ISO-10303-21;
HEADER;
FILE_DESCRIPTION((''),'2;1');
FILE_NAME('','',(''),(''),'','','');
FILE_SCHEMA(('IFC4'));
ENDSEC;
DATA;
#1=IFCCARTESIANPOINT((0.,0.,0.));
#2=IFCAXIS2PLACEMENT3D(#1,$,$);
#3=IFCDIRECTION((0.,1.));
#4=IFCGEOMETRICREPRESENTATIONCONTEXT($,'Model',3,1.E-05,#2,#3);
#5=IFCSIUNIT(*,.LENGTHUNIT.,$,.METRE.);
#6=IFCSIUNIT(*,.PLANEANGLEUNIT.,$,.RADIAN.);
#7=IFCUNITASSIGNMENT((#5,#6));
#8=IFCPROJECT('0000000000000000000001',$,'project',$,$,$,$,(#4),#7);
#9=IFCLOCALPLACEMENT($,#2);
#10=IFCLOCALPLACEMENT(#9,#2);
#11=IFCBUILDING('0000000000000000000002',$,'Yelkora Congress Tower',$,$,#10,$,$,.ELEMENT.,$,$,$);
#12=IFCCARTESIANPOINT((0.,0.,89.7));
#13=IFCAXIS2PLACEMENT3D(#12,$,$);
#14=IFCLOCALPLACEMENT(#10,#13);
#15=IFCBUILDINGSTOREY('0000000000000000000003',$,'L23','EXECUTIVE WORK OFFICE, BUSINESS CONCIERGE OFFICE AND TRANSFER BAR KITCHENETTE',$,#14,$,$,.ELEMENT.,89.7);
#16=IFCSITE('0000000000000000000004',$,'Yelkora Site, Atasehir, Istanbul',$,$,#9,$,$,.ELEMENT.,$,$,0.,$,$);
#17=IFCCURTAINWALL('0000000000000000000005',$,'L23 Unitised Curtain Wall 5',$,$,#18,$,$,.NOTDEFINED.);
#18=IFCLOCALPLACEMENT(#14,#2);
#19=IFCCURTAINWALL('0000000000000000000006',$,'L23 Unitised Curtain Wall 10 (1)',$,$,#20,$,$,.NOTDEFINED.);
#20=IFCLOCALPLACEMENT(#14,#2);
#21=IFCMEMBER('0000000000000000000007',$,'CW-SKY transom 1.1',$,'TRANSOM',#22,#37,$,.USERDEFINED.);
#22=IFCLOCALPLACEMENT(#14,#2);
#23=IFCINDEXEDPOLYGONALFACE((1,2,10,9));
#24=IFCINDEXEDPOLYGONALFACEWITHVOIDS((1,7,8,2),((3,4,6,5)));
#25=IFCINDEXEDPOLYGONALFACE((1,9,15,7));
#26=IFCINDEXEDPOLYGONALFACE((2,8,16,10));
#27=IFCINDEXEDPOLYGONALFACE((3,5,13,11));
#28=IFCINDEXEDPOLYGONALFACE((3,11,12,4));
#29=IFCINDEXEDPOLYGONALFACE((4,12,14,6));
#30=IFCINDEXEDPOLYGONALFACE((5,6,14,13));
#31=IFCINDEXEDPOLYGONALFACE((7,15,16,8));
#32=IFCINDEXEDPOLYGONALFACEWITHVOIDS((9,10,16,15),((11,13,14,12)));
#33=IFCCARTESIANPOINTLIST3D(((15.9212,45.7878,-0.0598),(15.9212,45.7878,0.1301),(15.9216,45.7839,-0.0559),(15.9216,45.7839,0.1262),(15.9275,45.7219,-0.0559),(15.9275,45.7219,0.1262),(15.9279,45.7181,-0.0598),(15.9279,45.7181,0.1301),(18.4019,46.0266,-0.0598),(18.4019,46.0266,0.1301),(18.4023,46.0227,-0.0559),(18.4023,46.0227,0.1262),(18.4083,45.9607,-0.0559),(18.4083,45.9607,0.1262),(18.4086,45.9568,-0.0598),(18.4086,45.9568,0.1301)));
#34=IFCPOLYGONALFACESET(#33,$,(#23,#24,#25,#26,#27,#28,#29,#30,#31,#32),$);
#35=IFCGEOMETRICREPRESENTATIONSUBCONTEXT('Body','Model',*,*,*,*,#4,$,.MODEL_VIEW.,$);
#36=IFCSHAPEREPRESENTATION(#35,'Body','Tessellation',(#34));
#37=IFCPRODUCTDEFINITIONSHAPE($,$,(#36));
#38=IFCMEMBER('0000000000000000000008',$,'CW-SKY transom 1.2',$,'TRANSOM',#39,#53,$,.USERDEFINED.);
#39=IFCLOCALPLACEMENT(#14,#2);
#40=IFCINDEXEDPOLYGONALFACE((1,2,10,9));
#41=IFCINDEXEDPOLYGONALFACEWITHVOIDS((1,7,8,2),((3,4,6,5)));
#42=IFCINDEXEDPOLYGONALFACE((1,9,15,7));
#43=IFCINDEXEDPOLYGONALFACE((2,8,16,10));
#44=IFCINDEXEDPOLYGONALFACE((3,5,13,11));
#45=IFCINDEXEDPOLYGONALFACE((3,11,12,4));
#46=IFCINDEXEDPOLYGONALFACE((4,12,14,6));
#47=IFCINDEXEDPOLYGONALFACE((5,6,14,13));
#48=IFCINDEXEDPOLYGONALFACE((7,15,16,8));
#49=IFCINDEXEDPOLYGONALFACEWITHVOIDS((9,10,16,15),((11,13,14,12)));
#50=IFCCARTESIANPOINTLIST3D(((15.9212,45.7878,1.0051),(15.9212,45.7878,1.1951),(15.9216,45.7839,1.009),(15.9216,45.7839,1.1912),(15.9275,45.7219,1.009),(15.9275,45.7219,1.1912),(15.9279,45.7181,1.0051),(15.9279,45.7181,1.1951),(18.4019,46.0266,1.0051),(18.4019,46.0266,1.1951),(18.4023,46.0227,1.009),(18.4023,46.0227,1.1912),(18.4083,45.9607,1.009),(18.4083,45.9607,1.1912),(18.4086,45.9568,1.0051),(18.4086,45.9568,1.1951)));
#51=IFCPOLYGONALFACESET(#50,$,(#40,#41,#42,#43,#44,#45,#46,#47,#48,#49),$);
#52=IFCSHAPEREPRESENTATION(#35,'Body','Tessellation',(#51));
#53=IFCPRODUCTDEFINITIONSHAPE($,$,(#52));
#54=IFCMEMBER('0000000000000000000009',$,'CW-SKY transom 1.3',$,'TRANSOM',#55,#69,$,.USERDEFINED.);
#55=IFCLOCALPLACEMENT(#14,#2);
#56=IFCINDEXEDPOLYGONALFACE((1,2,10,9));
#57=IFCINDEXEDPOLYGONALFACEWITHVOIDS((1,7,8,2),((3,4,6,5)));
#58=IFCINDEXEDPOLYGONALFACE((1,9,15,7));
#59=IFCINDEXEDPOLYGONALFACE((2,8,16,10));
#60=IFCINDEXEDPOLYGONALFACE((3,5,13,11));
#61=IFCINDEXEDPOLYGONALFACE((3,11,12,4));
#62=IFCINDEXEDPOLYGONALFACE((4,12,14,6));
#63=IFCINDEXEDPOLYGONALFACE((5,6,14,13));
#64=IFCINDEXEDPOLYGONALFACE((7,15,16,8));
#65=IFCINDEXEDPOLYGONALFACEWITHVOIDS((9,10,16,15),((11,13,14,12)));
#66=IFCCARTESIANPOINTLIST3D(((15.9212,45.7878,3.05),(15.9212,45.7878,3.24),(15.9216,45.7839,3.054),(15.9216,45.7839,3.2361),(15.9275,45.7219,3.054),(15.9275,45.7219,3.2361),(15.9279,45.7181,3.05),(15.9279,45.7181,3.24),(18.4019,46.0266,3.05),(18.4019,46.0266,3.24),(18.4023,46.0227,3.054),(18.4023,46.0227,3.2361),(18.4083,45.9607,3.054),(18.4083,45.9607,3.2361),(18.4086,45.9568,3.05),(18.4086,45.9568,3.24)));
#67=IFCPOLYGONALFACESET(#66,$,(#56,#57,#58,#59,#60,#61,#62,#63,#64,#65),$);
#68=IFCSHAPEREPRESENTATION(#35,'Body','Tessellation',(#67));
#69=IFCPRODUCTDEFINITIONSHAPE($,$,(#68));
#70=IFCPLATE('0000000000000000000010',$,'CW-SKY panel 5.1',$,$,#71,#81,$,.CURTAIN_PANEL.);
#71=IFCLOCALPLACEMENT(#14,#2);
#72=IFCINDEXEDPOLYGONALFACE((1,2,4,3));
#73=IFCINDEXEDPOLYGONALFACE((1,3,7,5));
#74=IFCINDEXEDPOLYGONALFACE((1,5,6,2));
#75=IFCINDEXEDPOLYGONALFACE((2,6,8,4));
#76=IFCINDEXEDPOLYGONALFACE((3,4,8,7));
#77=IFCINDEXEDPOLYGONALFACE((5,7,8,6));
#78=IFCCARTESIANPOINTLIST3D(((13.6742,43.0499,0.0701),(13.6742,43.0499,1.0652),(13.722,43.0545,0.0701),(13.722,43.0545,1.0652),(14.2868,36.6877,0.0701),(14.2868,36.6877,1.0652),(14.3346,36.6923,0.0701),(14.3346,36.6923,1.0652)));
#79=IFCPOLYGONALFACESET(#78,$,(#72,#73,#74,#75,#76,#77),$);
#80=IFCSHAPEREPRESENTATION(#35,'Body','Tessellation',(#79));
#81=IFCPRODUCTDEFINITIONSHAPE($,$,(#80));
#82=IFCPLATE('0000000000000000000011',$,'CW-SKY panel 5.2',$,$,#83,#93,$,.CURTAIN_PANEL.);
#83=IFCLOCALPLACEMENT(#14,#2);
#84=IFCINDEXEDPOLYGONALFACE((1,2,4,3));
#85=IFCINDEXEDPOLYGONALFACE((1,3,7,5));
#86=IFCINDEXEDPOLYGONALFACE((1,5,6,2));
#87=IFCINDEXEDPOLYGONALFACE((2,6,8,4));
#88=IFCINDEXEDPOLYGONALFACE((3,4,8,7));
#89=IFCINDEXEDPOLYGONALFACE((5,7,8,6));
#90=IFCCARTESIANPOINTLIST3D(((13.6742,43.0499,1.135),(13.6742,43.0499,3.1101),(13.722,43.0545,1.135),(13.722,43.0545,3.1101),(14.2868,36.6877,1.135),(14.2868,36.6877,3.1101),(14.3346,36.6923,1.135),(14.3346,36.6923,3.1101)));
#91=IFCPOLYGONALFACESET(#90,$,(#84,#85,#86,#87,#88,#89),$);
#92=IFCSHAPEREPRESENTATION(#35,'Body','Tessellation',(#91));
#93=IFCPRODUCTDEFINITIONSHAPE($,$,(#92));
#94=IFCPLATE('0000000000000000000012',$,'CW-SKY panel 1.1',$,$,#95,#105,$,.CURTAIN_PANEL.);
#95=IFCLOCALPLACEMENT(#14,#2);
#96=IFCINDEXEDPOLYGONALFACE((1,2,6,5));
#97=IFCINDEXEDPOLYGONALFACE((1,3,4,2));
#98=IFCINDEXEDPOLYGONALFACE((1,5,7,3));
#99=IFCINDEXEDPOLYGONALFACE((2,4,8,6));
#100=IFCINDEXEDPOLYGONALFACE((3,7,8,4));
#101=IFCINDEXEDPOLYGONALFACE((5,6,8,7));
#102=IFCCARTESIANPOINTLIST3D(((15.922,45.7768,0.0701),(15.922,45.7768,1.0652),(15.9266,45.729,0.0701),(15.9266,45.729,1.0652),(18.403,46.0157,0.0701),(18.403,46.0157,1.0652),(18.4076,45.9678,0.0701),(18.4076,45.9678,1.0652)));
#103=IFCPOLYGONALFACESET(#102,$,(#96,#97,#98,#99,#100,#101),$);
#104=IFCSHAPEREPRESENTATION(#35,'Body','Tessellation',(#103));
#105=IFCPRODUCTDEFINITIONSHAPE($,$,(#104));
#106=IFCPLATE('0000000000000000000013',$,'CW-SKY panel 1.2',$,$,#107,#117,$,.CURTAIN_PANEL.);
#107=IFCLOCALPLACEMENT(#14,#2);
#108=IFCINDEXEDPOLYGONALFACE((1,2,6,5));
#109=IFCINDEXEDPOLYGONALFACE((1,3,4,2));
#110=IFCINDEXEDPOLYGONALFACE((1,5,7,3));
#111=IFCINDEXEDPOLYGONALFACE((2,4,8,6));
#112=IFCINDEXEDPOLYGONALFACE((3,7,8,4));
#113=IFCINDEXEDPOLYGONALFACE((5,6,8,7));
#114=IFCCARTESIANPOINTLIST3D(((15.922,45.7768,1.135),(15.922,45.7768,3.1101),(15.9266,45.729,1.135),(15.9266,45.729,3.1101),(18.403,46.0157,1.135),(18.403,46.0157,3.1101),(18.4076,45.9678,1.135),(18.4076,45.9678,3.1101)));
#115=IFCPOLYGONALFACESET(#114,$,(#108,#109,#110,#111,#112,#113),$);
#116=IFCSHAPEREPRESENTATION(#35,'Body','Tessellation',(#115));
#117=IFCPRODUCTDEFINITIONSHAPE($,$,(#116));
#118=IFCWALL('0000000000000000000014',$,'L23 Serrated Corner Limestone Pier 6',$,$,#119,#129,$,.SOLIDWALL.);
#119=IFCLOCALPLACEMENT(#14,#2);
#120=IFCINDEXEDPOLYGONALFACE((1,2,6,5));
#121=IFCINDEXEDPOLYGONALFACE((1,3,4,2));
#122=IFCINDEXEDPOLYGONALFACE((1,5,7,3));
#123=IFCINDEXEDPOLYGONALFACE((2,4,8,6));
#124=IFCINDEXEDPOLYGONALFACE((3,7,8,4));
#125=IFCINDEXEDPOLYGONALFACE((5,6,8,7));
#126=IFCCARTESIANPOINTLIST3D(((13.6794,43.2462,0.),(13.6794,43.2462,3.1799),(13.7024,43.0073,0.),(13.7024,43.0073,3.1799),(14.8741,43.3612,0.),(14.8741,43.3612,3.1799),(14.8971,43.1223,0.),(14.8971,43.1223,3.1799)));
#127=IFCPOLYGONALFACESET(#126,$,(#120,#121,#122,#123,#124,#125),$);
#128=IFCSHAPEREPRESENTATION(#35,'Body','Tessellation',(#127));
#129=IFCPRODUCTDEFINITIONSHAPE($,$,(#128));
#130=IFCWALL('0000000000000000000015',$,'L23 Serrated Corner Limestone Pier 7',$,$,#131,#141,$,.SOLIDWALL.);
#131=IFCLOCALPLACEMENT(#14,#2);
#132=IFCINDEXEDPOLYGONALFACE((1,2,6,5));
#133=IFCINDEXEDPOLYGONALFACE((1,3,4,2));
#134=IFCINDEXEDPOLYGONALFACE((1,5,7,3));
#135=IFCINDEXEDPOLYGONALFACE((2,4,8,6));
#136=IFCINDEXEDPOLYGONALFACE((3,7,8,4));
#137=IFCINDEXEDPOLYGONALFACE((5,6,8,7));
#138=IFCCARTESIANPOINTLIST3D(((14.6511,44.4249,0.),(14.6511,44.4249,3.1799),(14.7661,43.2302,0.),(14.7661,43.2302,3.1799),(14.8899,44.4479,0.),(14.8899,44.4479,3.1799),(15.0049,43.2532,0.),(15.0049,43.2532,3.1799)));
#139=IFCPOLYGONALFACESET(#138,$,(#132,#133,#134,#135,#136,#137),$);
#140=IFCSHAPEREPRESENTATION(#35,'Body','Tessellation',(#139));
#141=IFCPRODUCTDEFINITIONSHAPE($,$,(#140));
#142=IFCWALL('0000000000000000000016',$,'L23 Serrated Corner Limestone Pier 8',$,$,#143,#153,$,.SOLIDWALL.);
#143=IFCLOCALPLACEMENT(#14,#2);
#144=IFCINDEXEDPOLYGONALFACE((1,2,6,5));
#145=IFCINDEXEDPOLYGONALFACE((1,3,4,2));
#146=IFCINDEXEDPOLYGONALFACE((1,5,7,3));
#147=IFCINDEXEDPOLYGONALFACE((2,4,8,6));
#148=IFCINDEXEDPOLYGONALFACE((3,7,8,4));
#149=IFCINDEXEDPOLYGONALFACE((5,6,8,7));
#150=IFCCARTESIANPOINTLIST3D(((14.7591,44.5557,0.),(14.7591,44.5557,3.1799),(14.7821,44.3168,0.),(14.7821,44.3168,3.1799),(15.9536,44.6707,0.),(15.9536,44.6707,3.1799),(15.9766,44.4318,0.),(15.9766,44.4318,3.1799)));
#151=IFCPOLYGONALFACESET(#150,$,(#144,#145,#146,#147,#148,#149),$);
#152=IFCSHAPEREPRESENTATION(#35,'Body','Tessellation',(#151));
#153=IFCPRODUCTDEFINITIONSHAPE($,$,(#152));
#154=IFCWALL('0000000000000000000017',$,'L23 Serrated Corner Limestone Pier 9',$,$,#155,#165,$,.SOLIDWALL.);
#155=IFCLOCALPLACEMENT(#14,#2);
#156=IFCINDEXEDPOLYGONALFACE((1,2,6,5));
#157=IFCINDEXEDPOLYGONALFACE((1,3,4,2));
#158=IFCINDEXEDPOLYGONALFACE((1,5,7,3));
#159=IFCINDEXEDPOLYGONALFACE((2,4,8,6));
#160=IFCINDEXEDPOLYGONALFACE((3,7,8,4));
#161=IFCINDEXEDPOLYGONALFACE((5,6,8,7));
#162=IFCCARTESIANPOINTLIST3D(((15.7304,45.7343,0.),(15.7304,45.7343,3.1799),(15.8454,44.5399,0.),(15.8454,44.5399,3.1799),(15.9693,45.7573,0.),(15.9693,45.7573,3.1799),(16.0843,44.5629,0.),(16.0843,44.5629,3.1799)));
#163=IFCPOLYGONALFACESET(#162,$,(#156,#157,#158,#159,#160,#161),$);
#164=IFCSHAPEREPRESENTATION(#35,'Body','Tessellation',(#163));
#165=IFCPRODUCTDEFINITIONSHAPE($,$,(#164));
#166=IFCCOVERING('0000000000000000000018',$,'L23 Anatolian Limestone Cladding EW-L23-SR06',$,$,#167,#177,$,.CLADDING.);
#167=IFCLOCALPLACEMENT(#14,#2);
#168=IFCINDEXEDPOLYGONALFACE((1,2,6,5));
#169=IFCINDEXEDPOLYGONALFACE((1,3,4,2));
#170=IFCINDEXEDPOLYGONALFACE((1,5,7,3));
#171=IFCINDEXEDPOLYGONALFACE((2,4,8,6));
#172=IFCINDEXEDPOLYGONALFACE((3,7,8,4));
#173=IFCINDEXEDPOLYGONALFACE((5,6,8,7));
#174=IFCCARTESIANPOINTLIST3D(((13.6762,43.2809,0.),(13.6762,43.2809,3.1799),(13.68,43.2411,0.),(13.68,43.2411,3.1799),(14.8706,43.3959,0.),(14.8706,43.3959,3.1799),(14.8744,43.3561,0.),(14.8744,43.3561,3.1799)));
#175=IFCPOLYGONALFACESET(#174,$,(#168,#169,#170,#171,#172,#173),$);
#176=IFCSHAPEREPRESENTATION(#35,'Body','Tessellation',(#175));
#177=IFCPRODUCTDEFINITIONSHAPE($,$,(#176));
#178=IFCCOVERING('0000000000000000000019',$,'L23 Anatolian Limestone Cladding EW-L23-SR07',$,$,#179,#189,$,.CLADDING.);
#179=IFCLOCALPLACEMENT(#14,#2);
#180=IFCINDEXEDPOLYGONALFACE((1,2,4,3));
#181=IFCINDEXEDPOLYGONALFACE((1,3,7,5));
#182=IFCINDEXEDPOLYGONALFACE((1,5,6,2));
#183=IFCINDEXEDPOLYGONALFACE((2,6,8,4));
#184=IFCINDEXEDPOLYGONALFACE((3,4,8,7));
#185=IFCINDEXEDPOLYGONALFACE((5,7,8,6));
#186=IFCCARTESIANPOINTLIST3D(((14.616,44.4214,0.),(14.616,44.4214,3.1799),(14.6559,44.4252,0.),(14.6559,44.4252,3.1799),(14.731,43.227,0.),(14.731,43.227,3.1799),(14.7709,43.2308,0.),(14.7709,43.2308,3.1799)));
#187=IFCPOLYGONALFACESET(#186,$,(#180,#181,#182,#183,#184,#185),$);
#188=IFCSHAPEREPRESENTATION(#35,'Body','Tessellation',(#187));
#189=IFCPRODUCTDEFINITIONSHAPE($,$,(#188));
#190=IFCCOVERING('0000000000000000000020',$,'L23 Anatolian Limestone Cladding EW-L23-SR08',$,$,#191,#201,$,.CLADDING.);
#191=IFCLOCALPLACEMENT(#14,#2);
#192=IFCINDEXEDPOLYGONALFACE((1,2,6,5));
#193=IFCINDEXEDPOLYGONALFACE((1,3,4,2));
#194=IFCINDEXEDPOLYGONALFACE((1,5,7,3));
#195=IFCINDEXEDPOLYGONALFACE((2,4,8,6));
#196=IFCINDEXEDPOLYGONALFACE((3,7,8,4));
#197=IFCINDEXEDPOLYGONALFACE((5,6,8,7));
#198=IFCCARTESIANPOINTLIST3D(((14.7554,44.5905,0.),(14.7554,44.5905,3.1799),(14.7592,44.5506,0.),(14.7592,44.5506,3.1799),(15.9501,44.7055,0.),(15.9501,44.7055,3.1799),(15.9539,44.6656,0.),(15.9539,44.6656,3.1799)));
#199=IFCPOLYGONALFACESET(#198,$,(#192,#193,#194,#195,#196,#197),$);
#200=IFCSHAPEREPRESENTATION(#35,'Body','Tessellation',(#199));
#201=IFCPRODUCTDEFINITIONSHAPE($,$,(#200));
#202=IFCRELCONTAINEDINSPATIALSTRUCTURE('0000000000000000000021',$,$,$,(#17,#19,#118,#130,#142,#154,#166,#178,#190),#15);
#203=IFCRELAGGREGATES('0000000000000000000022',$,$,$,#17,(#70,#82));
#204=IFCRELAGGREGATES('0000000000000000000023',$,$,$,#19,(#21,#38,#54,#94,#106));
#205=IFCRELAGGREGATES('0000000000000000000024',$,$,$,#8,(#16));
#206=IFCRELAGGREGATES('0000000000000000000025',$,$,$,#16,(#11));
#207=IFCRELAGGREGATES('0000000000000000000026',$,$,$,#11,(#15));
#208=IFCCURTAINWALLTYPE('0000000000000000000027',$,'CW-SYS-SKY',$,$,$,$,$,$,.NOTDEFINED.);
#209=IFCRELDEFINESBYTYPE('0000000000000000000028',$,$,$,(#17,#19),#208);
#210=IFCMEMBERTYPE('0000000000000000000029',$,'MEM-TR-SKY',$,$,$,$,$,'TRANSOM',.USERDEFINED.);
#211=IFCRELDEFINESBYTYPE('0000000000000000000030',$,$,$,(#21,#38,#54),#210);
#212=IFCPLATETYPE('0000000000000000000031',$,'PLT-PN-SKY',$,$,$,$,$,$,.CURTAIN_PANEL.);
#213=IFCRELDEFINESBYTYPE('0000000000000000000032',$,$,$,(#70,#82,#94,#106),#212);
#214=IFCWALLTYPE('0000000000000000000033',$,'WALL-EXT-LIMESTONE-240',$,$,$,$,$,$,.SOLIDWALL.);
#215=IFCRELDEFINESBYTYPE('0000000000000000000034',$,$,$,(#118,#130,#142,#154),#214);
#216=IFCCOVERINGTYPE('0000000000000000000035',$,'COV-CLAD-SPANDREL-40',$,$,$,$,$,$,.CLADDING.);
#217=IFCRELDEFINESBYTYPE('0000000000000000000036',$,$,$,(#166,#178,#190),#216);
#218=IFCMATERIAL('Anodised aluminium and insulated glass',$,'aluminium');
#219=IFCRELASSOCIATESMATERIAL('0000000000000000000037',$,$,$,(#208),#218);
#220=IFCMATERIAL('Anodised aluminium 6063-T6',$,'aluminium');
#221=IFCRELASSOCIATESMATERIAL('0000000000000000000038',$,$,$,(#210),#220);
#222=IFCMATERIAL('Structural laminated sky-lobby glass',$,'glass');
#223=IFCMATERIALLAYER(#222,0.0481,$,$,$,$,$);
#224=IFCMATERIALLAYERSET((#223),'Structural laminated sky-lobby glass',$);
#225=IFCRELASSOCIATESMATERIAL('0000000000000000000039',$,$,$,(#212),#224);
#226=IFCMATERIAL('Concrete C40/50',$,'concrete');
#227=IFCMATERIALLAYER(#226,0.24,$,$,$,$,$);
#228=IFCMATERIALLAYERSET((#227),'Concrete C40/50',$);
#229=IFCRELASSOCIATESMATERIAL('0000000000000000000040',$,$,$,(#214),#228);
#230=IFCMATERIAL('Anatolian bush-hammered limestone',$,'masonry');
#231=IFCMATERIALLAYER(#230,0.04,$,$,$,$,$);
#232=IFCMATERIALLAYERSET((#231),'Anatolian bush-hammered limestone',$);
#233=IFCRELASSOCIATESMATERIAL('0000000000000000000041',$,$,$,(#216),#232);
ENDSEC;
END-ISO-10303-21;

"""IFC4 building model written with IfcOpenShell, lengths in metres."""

from ifc_helpers import new_model, si_unit, direction, frame, frame_2d, origin, origin_2d, place, context, subcontext, project, spatial, rectangle, hollow_rectangle, extrude, material, layer, layer_set, material_profile, profile_set, type_object, element, aggregate, save


model = new_model("IFC4")

# Units and contexts
model_context = context("Model", 3, precision=1e-05, world=origin(), true_north=direction((0.0, 1.0)))
body_context = subcontext(model_context, "Body", "Model", "MODEL_VIEW")
ifc_project = project(units=[si_unit("LENGTHUNIT", "METRE"), si_unit("PLANEANGLEUNIT", "RADIAN")], contexts=[model_context])

# Site, building, storey
site_placement = place(None, origin())
site = spatial("IfcSite", under=ifc_project, at=site_placement, Name="Yelkora Site, Atasehir, Istanbul", CompositionType="ELEMENT", RefElevation=0.0)
building_placement = place(site_placement, origin())
building = spatial("IfcBuilding", under=site, at=building_placement, Name="Yelkora Congress Tower", CompositionType="ELEMENT")
storey_placement = place(building_placement, frame((0.0, 0.0, 89.7)))
storey = spatial("IfcBuildingStorey", under=building, at=storey_placement, Name="L23", Description="EXECUTIVE WORK OFFICE, BUSINESS CONCIERGE OFFICE AND TRANSFER BAR KITCHENETTE", CompositionType="ELEMENT", Elevation=89.7)

# Curtain walls
ifc_material_1 = material(Name="Anodised aluminium and insulated glass", Category="aluminium")
curtain_wall_type = type_object("IfcCurtainWallType", Name="CW-SYS-SKY", PredefinedType="NOTDEFINED", material=ifc_material_1)
curtain_wall_1_placement = place(storey_placement, origin())
curtain_wall_1 = element("IfcCurtainWall", 1, at=curtain_wall_1_placement, inside=storey, type_object=curtain_wall_type, Name="L23 Unitised Curtain Wall 5", PredefinedType="NOTDEFINED")
ifc_material_2 = material(Name="Anodised aluminium 6063-T6", Category="aluminium")
curtain_wall_2_placement = place(storey_placement, origin())
curtain_wall_2 = element("IfcCurtainWall", 2, at=curtain_wall_2_placement, inside=storey, type_object=curtain_wall_type, Name="L23 Unitised Curtain Wall 10 (1)", PredefinedType="NOTDEFINED")

# Members
ifc_material_profile_1 = material_profile(ifc_material_2, hollow_rectangle(XDim=0.0701, YDim=0.1899, WallThickness=0.0039, at=origin_2d()), Name="ALU 70x190x4")
ifc_profile_set_1 = profile_set([ifc_material_profile_1], Name="Anodised aluminium 6063-T6")
member_type_1 = type_object("IfcMemberType", Name="MEM-TR-SKY", ElementType="TRANSOM", PredefinedType="USERDEFINED", material=ifc_profile_set_1)
member_1_placement = place(storey_placement, frame((15.9246, 45.7529, 0.0352), z_axis=(0.9954, 0.095808, 0.0), x_axis=(-0.095808, 0.9954, 0.0)))
member_1 = element("IfcMember", 3, at=member_1_placement, type_object=member_type_1, Name="CW-SKY transom 1.1", ObjectType="TRANSOM", PredefinedType="USERDEFINED", context=body_context, shape_type="SweptSolid", body=[
    extrude(hollow_rectangle(XDim=0.0701, YDim=0.1899, WallThickness=0.0039, at=origin_2d()), origin(), (0.0, 0.0, 1.0), 2.4922),
])
member_2_placement = place(storey_placement, frame((15.9246, 45.7529, 1.1001), z_axis=(0.9954, 0.095808, 0.0), x_axis=(-0.095808, 0.9954, 0.0)))
member_2 = element("IfcMember", 4, at=member_2_placement, type_object=member_type_1, Name="CW-SKY transom 1.2", ObjectType="TRANSOM", PredefinedType="USERDEFINED", context=body_context, shape_type="SweptSolid", body=[
    extrude(hollow_rectangle(XDim=0.0701, YDim=0.1899, WallThickness=0.0039, at=origin_2d()), origin(), (0.0, 0.0, 1.0), 2.4922),
])
member_3_placement = place(storey_placement, frame((15.9246, 45.7529, 3.145), z_axis=(0.9954, 0.095808, 0.0), x_axis=(-0.095808, 0.9954, 0.0)))
member_3 = element("IfcMember", 5, at=member_3_placement, type_object=member_type_1, Name="CW-SKY transom 1.3", ObjectType="TRANSOM", PredefinedType="USERDEFINED", context=body_context, shape_type="SweptSolid", body=[
    extrude(hollow_rectangle(XDim=0.0701, YDim=0.1899, WallThickness=0.0039, at=origin_2d()), origin(), (0.0, 0.0, 1.0), 2.4922),
])

# Plates
ifc_material_3 = material(Name="Structural laminated sky-lobby glass", Category="glass")
ifc_layer_1 = layer(ifc_material_3, 0.0481)
ifc_layer_set_1 = layer_set([ifc_layer_1], Name="Structural laminated sky-lobby glass")
plate_type = type_object("IfcPlateType", Name="PLT-PN-SKY", PredefinedType="CURTAIN_PANEL", material=ifc_layer_set_1)
plate_1_placement = place(storey_placement, frame((14.0044, 39.8711, 0.0701), z_axis=(0.0, 0.0, 1.0), x_axis=(-0.095843, 0.995397, 0.0)))
plate_1 = element("IfcPlate", 6, at=plate_1_placement, type_object=plate_type, Name="CW-SKY panel 5.1", PredefinedType="CURTAIN_PANEL", context=body_context, shape_type="SweptSolid", body=[
    extrude(rectangle(XDim=6.3916, YDim=0.0481, at=origin_2d()), origin(), (0.0, 0.0, 1.0), 0.9951),
])
plate_2_placement = place(storey_placement, frame((14.0044, 39.8711, 1.135), z_axis=(0.0, 0.0, 1.0), x_axis=(-0.095843, 0.995397, 0.0)))
plate_2 = element("IfcPlate", 7, at=plate_2_placement, type_object=plate_type, Name="CW-SKY panel 5.2", PredefinedType="CURTAIN_PANEL", context=body_context, shape_type="SweptSolid", body=[
    extrude(rectangle(XDim=6.3916, YDim=0.0481, at=origin_2d()), origin(), (0.0, 0.0, 1.0), 1.9751),
])
aggregate(curtain_wall_1, [plate_1, plate_2])
plate_3_placement = place(storey_placement, frame((17.1648, 45.8723, 0.0701), z_axis=(0.0, 0.0, 1.0), x_axis=(0.995398, 0.095823, 0.0)))
plate_3 = element("IfcPlate", 8, at=plate_3_placement, type_object=plate_type, Name="CW-SKY panel 1.1", PredefinedType="CURTAIN_PANEL", context=body_context, shape_type="SweptSolid", body=[
    extrude(rectangle(XDim=2.4924, YDim=0.0481, at=origin_2d()), origin(), (0.0, 0.0, 1.0), 0.9951),
])
plate_4_placement = place(storey_placement, frame((17.1648, 45.8723, 1.135), z_axis=(0.0, 0.0, 1.0), x_axis=(0.995398, 0.095823, 0.0)))
plate_4 = element("IfcPlate", 9, at=plate_4_placement, type_object=plate_type, Name="CW-SKY panel 1.2", PredefinedType="CURTAIN_PANEL", context=body_context, shape_type="SweptSolid", body=[
    extrude(rectangle(XDim=2.4924, YDim=0.0481, at=origin_2d()), origin(), (0.0, 0.0, 1.0), 1.9751),
])
aggregate(curtain_wall_2, [member_1, member_2, member_3, plate_3, plate_4])

# Walls
ifc_material_4 = material(Name="Concrete C40/50", Category="concrete")
ifc_layer_2 = layer(ifc_material_4, 0.24)
ifc_layer_set_2 = layer_set([ifc_layer_2], Name="Concrete C40/50")
wall_type = type_object("IfcWallType", Name="WALL-EXT-LIMESTONE-240", PredefinedType="SOLIDWALL", material=ifc_layer_set_2)
for number, where, z_axis, x_axis, name in (
    (10, (13.6909, 43.1267, 0.0), (0.0, 0.0, 1.0), (0.995399, 0.095817, 0.0), "L23 Serrated Corner Limestone Pier 6"),
    (11, (14.8855, 43.2417, 0.0), (0.0, 0.0, 1.0), (-0.095817, 0.995399, 0.0), "L23 Serrated Corner Limestone Pier 7"),
):
    element("IfcWall", number, at=place(storey_placement, frame(where, z_axis=z_axis, x_axis=x_axis)), inside=storey, type_object=wall_type, Name=name, PredefinedType="SOLIDWALL", context=body_context, shape_type="SweptSolid", body=[
        extrude(rectangle(XDim=1.2002, YDim=0.24, at=frame_2d((0.6001, 0.0))), origin(), (0.0, 0.0, 1.0), 3.1799),
    ])
for number, where, z_axis, x_axis, name in (
    (12, (14.7705, 44.4363, 0.0), (0.0, 0.0, 1.0), (0.995397, 0.095836, 0.0), "L23 Serrated Corner Limestone Pier 8"),
    (13, (15.9648, 44.5513, 0.0), (0.0, 0.0, 1.0), (-0.095836, 0.995397, 0.0), "L23 Serrated Corner Limestone Pier 9"),
):
    element("IfcWall", number, at=place(storey_placement, frame(where, z_axis=z_axis, x_axis=x_axis)), inside=storey, type_object=wall_type, Name=name, PredefinedType="SOLIDWALL", context=body_context, shape_type="SweptSolid", body=[
        extrude(rectangle(XDim=1.2, YDim=0.24, at=frame_2d((0.6001, 0.0))), origin(), (0.0, 0.0, 1.0), 3.1799),
    ])

# Coverings
ifc_material_5 = material(Name="Anatolian bush-hammered limestone", Category="masonry")
ifc_layer_3 = layer(ifc_material_5, 0.04)
ifc_layer_set_3 = layer_set([ifc_layer_3], Name="Anatolian bush-hammered limestone")
covering_type = type_object("IfcCoveringType", Name="COV-CLAD-SPANDREL-40", PredefinedType="CLADDING", material=ifc_layer_set_3)
for number, where, z_axis, x_axis, name in (
    (14, (13.678, 43.261, 0.0), (0.0, 0.0, 1.0), (0.995397, 0.095836, 0.0), "L23 Anatolian Limestone Cladding EW-L23-SR06"),
    (15, (14.751, 43.2288, 0.0), (0.0, 0.0, 1.0), (-0.095836, 0.995397, 0.0), "L23 Anatolian Limestone Cladding EW-L23-SR07"),
):
    element("IfcCovering", number, at=place(storey_placement, frame(where, z_axis=z_axis, x_axis=x_axis)), inside=storey, type_object=covering_type, Name=name, PredefinedType="CLADDING", context=body_context, shape_type="SweptSolid", body=[
        extrude(rectangle(XDim=1.2, YDim=0.04, at=frame_2d((0.6001, 0.0))), origin(), (0.0, 0.0, 1.0), 3.1799),
    ])
for number, where, z_axis, x_axis, name in (
    (16, (14.7573, 44.5706, 0.0), (0.0, 0.0, 1.0), (0.995399, 0.095817, 0.0), "L23 Anatolian Limestone Cladding EW-L23-SR08"),
):
    element("IfcCovering", number, at=place(storey_placement, frame(where, z_axis=z_axis, x_axis=x_axis)), inside=storey, type_object=covering_type, Name=name, PredefinedType="CLADDING", context=body_context, shape_type="SweptSolid", body=[
        extrude(rectangle(XDim=1.2002, YDim=0.04, at=frame_2d((0.6001, 0.0))), origin(), (0.0, 0.0, 1.0), 3.1799),
    ])

save(model, "model.ifc")
